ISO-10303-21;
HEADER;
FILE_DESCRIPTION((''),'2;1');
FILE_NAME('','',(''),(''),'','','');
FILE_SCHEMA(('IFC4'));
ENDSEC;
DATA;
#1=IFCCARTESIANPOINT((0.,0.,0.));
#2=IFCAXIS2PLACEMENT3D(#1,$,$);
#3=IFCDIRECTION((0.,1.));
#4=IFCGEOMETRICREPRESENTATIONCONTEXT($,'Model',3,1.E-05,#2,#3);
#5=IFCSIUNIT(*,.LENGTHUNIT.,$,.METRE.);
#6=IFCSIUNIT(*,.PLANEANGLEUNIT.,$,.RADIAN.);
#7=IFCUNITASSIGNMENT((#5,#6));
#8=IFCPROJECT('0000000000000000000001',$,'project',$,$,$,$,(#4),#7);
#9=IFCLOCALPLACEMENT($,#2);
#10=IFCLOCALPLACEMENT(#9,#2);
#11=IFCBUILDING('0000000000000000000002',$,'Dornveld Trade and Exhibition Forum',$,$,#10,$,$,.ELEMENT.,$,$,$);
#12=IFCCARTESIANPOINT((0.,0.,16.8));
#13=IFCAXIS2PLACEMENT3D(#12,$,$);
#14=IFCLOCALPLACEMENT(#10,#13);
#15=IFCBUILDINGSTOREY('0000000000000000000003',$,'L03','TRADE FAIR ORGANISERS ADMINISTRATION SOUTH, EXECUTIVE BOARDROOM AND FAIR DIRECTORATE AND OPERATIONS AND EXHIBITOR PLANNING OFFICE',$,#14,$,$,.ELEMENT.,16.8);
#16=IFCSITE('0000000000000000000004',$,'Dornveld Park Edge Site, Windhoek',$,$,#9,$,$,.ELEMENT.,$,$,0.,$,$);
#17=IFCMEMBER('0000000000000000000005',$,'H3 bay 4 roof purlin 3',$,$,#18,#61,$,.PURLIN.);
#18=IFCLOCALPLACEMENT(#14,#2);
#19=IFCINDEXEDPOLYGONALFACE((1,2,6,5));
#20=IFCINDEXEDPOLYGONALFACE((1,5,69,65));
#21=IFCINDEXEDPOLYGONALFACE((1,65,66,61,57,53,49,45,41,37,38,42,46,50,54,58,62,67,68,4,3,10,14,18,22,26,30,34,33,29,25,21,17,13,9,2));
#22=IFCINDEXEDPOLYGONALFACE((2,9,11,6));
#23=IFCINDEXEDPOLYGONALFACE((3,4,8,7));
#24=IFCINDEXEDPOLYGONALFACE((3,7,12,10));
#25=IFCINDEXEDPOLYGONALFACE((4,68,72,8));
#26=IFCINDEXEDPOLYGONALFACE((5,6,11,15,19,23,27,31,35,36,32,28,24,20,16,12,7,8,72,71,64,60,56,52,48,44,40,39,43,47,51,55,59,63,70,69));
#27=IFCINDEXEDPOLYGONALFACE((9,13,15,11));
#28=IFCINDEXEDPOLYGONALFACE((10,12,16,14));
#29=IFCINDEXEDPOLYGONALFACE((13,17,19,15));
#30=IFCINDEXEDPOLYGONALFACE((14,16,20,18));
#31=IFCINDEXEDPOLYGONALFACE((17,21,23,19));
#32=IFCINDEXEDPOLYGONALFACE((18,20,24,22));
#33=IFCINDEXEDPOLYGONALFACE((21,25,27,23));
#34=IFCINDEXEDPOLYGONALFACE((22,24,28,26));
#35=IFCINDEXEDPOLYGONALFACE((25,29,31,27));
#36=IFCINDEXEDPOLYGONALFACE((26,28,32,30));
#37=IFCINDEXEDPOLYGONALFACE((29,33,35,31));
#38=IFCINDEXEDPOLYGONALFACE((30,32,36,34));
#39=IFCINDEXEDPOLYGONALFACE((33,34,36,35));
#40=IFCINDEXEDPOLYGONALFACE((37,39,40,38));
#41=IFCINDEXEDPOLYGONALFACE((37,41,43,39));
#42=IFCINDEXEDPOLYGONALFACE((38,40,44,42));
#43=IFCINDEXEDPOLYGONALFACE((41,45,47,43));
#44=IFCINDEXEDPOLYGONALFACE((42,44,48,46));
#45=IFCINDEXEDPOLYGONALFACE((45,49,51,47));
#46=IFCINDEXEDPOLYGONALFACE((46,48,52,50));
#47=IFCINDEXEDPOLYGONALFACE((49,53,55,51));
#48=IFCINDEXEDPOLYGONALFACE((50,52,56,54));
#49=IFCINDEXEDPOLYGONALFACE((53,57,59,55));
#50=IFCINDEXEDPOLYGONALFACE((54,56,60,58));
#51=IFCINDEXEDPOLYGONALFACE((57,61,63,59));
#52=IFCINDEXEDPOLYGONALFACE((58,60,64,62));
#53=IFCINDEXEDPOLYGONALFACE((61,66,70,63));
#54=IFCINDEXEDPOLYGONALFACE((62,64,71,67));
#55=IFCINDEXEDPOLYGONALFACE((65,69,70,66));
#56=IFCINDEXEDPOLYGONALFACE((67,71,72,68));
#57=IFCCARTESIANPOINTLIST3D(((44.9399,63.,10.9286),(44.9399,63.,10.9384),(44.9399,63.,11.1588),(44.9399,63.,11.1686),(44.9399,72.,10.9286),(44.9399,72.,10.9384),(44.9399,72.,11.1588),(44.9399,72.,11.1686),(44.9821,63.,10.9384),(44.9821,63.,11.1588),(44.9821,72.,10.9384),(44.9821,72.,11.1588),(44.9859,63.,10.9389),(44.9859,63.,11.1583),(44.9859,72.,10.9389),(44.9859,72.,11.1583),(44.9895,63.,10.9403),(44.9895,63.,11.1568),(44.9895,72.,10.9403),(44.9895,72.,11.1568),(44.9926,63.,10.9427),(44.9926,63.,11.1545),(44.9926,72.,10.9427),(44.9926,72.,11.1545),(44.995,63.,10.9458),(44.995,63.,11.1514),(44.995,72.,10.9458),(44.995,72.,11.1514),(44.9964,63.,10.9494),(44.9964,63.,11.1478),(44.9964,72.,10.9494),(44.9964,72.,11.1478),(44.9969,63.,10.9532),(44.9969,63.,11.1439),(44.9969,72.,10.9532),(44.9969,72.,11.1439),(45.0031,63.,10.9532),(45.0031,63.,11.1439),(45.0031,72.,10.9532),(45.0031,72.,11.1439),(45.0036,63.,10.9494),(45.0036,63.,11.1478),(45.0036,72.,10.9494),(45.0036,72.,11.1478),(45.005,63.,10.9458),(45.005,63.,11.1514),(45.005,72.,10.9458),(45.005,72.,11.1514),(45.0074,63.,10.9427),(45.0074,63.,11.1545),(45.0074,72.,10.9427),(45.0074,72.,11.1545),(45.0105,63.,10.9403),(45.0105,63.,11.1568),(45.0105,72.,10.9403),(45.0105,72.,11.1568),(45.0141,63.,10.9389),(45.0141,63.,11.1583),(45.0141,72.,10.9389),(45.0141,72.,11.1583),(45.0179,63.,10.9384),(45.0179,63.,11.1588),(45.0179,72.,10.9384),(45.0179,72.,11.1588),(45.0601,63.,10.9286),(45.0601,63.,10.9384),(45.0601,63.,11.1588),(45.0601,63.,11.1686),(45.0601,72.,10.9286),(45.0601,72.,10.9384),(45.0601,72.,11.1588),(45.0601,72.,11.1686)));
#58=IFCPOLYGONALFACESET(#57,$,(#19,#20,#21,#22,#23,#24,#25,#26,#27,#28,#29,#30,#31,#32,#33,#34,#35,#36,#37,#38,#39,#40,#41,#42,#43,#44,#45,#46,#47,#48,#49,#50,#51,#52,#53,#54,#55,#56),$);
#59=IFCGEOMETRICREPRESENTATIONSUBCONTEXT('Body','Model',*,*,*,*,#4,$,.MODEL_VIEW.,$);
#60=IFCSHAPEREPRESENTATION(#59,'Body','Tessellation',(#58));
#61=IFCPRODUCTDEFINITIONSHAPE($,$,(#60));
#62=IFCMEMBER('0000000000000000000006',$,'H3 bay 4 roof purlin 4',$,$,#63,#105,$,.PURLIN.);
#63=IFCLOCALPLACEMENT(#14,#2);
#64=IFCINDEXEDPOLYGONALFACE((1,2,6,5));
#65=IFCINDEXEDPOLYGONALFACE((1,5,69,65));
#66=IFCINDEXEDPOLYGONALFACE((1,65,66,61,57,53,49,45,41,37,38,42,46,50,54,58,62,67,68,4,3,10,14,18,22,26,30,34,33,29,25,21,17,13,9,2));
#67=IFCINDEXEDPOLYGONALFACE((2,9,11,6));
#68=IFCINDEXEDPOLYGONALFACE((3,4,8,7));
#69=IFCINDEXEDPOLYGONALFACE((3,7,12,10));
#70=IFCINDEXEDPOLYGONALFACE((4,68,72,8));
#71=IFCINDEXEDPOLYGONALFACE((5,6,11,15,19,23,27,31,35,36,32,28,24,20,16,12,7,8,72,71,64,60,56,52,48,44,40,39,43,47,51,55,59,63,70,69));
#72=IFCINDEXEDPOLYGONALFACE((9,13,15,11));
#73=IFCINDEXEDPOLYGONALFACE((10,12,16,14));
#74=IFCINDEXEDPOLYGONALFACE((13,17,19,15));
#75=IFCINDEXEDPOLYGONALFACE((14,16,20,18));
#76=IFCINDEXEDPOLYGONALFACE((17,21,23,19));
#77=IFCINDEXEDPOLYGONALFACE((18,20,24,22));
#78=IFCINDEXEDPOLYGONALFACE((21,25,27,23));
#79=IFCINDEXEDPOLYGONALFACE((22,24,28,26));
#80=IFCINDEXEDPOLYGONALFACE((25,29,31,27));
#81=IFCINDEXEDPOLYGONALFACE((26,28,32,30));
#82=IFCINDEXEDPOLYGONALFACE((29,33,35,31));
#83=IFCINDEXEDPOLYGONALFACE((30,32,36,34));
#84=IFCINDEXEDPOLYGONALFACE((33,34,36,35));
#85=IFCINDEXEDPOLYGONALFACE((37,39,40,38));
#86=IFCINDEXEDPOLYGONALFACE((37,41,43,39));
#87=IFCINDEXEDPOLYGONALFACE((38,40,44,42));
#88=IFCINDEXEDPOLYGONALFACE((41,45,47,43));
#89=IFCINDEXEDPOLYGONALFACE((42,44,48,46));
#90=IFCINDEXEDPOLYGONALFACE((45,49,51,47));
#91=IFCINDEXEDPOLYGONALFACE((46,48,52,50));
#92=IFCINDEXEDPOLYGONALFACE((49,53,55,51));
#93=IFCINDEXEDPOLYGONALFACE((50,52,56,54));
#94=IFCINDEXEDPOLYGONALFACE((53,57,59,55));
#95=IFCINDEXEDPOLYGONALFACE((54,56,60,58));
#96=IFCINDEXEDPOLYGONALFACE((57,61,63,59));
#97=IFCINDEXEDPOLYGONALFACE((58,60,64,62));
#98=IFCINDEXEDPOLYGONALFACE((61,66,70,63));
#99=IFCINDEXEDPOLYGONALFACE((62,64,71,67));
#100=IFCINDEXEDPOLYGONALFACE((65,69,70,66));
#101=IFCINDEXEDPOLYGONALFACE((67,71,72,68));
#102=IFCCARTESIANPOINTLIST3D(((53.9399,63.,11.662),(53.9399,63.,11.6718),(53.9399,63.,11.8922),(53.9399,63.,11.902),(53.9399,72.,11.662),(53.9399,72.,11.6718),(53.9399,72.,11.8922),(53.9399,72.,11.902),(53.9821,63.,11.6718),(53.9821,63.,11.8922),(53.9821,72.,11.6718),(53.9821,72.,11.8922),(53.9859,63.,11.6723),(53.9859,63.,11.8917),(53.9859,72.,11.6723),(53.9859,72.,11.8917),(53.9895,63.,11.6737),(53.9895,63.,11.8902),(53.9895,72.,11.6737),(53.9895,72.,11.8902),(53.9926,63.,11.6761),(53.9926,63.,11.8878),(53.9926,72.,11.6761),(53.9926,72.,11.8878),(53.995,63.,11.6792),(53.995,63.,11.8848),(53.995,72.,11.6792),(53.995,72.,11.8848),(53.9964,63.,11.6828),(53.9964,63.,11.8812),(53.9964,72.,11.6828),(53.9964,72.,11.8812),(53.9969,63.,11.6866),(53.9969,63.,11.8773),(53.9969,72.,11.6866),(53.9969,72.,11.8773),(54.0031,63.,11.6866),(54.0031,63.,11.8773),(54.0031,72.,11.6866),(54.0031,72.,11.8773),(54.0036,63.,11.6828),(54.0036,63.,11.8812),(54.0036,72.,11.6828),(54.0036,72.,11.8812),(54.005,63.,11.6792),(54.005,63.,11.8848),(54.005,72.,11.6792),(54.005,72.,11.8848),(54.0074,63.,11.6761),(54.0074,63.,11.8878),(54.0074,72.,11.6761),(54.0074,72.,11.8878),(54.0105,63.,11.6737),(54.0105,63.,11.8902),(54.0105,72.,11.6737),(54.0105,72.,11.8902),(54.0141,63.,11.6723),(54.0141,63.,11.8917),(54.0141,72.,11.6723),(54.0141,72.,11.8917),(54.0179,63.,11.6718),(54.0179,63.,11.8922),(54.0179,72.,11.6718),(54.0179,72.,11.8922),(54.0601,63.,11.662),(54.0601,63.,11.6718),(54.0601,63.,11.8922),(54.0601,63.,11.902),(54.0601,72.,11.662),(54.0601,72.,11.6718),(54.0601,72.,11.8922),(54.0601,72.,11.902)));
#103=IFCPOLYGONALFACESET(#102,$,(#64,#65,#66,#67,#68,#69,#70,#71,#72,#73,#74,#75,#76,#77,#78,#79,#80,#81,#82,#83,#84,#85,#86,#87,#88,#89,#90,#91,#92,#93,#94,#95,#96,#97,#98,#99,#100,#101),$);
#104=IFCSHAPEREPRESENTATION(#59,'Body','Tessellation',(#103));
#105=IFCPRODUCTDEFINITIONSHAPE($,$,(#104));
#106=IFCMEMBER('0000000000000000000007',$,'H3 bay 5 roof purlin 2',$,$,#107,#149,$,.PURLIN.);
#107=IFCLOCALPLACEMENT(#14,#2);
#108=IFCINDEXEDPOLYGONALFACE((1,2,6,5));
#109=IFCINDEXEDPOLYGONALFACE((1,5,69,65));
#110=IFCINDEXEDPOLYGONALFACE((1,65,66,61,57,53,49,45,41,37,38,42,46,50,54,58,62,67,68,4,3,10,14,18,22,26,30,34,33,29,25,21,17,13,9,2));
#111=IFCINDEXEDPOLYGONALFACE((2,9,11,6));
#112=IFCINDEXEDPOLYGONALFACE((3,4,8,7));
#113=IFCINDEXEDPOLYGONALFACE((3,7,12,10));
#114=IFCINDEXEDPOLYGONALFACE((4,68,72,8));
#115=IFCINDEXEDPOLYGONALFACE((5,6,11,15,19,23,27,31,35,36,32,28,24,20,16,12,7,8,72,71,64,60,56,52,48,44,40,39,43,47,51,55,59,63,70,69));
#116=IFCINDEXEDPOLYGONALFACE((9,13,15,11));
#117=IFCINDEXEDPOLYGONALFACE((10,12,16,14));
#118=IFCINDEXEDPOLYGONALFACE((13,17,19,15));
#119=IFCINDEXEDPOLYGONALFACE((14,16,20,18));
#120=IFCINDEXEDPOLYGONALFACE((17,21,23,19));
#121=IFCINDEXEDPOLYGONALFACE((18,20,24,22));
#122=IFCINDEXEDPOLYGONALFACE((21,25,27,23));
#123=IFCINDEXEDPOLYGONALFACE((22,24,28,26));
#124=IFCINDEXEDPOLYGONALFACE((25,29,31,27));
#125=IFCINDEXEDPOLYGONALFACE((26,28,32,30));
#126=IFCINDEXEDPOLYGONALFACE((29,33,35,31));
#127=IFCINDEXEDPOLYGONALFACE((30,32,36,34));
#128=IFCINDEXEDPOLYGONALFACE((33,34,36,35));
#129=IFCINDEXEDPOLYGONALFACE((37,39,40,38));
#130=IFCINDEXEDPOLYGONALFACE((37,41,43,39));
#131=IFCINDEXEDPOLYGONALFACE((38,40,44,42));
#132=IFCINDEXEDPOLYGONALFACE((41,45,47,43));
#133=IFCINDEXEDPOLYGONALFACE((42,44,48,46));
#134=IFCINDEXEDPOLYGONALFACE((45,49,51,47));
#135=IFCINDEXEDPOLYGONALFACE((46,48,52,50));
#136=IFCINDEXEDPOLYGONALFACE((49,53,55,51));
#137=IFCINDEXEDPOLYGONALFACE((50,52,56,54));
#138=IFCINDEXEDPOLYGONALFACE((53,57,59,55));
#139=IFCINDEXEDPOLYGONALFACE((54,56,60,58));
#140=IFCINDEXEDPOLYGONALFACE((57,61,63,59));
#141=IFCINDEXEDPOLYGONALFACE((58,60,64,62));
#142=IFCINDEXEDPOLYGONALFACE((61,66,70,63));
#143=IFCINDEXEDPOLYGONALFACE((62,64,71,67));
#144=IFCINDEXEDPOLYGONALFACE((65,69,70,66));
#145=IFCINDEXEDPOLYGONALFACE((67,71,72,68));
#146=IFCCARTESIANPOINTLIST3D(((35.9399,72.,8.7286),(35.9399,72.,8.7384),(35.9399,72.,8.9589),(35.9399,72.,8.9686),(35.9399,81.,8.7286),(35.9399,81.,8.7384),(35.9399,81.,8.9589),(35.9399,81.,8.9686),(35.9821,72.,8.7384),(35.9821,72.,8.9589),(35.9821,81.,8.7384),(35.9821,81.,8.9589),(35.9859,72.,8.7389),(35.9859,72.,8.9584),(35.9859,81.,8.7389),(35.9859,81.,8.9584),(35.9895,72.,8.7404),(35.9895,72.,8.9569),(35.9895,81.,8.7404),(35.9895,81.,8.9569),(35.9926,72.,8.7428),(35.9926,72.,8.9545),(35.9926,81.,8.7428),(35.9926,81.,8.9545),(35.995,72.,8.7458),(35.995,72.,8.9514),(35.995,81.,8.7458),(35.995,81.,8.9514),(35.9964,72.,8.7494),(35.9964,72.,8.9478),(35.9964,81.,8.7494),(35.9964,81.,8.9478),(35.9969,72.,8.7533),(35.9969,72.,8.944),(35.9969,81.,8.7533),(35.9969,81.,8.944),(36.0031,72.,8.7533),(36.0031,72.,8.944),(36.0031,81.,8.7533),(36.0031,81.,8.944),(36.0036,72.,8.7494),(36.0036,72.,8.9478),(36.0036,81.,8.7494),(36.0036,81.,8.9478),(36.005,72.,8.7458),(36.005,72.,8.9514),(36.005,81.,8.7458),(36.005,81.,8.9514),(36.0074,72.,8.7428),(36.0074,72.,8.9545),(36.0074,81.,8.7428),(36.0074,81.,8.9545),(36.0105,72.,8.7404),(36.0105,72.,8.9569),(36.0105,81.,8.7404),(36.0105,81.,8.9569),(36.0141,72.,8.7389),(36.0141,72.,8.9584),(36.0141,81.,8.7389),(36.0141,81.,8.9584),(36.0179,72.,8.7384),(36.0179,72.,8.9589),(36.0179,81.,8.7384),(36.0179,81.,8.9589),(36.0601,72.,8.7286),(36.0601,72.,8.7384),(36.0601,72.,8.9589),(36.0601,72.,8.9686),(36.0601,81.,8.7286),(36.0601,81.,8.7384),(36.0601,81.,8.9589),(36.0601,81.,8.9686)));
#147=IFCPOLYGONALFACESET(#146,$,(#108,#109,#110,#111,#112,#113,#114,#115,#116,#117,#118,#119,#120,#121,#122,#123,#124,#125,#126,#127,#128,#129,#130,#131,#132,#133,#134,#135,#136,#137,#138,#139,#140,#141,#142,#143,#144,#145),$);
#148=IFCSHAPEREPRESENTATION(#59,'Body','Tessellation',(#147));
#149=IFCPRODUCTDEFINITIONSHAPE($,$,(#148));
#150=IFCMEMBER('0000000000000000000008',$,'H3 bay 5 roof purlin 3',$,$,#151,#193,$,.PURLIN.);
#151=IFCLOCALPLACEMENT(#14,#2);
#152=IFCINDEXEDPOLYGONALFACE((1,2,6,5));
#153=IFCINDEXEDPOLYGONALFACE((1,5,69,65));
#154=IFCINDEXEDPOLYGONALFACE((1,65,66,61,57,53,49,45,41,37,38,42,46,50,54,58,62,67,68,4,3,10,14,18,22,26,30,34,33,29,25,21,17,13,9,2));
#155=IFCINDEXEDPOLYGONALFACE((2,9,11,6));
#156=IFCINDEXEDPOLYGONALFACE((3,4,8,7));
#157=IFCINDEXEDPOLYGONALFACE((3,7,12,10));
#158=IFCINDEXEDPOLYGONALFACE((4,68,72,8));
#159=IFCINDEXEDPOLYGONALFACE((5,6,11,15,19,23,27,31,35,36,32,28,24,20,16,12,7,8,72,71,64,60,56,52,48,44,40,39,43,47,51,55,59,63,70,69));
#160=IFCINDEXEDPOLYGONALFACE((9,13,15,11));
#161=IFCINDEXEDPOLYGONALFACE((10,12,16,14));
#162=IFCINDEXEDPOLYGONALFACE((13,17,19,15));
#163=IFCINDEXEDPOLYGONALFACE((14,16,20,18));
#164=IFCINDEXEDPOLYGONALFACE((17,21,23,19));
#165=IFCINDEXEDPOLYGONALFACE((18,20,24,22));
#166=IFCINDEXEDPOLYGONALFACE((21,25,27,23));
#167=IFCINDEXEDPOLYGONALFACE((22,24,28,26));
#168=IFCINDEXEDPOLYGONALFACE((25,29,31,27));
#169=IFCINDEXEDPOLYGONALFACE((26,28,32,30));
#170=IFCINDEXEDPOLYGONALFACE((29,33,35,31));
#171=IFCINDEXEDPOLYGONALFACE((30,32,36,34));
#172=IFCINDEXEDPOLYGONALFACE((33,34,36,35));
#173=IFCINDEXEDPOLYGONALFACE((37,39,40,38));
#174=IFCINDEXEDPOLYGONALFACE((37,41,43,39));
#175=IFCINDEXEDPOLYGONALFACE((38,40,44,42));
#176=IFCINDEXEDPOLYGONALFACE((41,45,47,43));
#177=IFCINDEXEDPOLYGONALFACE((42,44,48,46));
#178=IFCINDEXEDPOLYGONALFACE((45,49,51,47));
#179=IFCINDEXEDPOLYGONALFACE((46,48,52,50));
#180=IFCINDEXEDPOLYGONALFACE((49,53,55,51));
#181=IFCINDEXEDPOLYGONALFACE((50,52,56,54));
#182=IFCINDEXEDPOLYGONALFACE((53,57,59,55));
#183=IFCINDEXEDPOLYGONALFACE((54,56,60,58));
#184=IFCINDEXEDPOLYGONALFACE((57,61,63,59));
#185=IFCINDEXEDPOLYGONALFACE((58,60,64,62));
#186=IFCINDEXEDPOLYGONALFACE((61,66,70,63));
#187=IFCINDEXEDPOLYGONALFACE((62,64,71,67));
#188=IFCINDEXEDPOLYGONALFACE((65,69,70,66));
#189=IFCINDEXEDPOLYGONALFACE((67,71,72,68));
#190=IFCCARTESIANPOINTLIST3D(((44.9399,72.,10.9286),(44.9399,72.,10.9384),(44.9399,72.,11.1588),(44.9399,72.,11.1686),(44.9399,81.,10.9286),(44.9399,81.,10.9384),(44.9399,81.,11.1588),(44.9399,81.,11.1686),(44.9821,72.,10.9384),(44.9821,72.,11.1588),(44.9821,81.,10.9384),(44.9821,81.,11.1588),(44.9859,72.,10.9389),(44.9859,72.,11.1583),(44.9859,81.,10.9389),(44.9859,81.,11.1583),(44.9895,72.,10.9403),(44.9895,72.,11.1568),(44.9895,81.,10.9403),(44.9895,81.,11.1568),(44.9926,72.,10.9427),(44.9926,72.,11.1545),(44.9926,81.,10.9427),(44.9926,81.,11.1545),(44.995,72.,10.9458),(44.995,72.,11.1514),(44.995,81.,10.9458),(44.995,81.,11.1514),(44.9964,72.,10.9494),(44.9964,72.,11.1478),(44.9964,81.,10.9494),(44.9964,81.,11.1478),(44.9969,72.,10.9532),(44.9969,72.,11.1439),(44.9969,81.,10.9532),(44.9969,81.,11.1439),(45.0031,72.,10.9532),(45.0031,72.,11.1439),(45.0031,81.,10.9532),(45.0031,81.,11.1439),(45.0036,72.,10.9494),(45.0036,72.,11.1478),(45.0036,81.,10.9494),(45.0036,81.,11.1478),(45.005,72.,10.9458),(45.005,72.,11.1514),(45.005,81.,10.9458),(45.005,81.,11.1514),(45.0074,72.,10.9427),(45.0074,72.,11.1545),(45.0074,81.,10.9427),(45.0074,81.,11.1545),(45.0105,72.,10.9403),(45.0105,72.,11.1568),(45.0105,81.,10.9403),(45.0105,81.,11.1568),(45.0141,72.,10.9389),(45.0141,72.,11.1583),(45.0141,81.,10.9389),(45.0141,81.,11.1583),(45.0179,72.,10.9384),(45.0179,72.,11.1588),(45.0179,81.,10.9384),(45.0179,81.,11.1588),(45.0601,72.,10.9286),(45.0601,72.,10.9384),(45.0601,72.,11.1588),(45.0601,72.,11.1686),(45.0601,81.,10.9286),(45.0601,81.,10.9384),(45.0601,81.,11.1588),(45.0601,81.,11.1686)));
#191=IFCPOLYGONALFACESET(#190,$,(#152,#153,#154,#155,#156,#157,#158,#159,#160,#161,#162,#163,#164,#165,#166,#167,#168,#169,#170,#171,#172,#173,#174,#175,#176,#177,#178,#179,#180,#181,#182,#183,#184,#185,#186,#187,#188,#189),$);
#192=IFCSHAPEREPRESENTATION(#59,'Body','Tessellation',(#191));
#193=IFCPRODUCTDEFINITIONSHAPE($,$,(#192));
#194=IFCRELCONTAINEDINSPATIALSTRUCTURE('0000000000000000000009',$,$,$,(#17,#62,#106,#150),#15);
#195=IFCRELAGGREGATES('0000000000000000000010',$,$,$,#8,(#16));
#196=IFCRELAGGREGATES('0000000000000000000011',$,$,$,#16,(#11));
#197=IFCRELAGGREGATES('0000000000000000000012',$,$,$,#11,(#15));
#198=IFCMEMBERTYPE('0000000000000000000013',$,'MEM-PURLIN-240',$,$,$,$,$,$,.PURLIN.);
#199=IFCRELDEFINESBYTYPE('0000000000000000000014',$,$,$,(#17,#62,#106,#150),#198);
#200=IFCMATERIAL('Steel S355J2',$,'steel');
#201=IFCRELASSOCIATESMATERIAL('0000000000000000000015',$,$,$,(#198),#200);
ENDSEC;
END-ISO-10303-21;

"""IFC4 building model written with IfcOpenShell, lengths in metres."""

from ifc_helpers import new_model, si_unit, direction, frame, origin, origin_2d, place, context, subcontext, project, spatial, i_section, extrude, material, material_profile, profile_set, type_object, element, save


model = new_model("IFC4")

# Units and contexts
model_context = context("Model", 3, precision=1e-05, world=origin(), true_north=direction((0.0, 1.0)))
body_context = subcontext(model_context, "Body", "Model", "MODEL_VIEW")
ifc_project = project(units=[si_unit("LENGTHUNIT", "METRE"), si_unit("PLANEANGLEUNIT", "RADIAN")], contexts=[model_context])

# Site, building, storey
site_placement = place(None, origin())
site = spatial("IfcSite", under=ifc_project, at=site_placement, Name="Dornveld Park Edge Site, Windhoek", CompositionType="ELEMENT", RefElevation=0.0)
building_placement = place(site_placement, origin())
building = spatial("IfcBuilding", under=site, at=building_placement, Name="Dornveld Trade and Exhibition Forum", CompositionType="ELEMENT")
storey_placement = place(building_placement, frame((0.0, 0.0, 16.8)))
storey = spatial("IfcBuildingStorey", under=building, at=storey_placement, Name="L03", Description="TRADE FAIR ORGANISERS ADMINISTRATION SOUTH, EXECUTIVE BOARDROOM AND FAIR DIRECTORATE AND OPERATIONS AND EXHIBITOR PLANNING OFFICE", CompositionType="ELEMENT", Elevation=16.8)

# Members
ifc_material_1 = material(Name="Steel S355J2", Category="steel")
ifc_material_profile_1 = material_profile(ifc_material_1, i_section(OverallWidth=0.1201, OverallDepth=0.24, WebThickness=0.0061, FlangeThickness=0.0098, FilletRadius=0.0149, at=origin_2d()), Name="IPE 240")
ifc_profile_set_1 = profile_set([ifc_material_profile_1], Name="Steel S355J2")
member_type_1 = type_object("IfcMemberType", Name="MEM-PURLIN-240", PredefinedType="PURLIN", material=ifc_profile_set_1)
for number, where, z_axis, x_axis, name in (
    (1, (45.0, 63.0, 11.0486), (0.0, 1.0, 0.0), (-1.0, 0.0, 0.0), "H3 bay 4 roof purlin 3"),
    (2, (54.0, 63.0, 11.782), (0.0, 1.0, 0.0), (-1.0, 0.0, 0.0), "H3 bay 4 roof purlin 4"),
    (3, (36.0, 72.0, 8.8486), (0.0, 1.0, 0.0), (-1.0, 0.0, 0.0), "H3 bay 5 roof purlin 2"),
    (4, (45.0, 72.0, 11.0486), (0.0, 1.0, 0.0), (-1.0, 0.0, 0.0), "H3 bay 5 roof purlin 3"),
):
    element("IfcMember", number, at=place(storey_placement, frame(where, z_axis=z_axis, x_axis=x_axis)), inside=storey, type_object=member_type_1, Name=name, PredefinedType="PURLIN", context=body_context, shape_type="SweptSolid", body=[
        extrude(i_section(OverallWidth=0.1201, OverallDepth=0.24, WebThickness=0.0061, FlangeThickness=0.0098, FilletRadius=0.0149, at=origin_2d()), origin(), (0.0, 0.0, 1.0), 9.0),
    ])

save(model, "model.ifc")
